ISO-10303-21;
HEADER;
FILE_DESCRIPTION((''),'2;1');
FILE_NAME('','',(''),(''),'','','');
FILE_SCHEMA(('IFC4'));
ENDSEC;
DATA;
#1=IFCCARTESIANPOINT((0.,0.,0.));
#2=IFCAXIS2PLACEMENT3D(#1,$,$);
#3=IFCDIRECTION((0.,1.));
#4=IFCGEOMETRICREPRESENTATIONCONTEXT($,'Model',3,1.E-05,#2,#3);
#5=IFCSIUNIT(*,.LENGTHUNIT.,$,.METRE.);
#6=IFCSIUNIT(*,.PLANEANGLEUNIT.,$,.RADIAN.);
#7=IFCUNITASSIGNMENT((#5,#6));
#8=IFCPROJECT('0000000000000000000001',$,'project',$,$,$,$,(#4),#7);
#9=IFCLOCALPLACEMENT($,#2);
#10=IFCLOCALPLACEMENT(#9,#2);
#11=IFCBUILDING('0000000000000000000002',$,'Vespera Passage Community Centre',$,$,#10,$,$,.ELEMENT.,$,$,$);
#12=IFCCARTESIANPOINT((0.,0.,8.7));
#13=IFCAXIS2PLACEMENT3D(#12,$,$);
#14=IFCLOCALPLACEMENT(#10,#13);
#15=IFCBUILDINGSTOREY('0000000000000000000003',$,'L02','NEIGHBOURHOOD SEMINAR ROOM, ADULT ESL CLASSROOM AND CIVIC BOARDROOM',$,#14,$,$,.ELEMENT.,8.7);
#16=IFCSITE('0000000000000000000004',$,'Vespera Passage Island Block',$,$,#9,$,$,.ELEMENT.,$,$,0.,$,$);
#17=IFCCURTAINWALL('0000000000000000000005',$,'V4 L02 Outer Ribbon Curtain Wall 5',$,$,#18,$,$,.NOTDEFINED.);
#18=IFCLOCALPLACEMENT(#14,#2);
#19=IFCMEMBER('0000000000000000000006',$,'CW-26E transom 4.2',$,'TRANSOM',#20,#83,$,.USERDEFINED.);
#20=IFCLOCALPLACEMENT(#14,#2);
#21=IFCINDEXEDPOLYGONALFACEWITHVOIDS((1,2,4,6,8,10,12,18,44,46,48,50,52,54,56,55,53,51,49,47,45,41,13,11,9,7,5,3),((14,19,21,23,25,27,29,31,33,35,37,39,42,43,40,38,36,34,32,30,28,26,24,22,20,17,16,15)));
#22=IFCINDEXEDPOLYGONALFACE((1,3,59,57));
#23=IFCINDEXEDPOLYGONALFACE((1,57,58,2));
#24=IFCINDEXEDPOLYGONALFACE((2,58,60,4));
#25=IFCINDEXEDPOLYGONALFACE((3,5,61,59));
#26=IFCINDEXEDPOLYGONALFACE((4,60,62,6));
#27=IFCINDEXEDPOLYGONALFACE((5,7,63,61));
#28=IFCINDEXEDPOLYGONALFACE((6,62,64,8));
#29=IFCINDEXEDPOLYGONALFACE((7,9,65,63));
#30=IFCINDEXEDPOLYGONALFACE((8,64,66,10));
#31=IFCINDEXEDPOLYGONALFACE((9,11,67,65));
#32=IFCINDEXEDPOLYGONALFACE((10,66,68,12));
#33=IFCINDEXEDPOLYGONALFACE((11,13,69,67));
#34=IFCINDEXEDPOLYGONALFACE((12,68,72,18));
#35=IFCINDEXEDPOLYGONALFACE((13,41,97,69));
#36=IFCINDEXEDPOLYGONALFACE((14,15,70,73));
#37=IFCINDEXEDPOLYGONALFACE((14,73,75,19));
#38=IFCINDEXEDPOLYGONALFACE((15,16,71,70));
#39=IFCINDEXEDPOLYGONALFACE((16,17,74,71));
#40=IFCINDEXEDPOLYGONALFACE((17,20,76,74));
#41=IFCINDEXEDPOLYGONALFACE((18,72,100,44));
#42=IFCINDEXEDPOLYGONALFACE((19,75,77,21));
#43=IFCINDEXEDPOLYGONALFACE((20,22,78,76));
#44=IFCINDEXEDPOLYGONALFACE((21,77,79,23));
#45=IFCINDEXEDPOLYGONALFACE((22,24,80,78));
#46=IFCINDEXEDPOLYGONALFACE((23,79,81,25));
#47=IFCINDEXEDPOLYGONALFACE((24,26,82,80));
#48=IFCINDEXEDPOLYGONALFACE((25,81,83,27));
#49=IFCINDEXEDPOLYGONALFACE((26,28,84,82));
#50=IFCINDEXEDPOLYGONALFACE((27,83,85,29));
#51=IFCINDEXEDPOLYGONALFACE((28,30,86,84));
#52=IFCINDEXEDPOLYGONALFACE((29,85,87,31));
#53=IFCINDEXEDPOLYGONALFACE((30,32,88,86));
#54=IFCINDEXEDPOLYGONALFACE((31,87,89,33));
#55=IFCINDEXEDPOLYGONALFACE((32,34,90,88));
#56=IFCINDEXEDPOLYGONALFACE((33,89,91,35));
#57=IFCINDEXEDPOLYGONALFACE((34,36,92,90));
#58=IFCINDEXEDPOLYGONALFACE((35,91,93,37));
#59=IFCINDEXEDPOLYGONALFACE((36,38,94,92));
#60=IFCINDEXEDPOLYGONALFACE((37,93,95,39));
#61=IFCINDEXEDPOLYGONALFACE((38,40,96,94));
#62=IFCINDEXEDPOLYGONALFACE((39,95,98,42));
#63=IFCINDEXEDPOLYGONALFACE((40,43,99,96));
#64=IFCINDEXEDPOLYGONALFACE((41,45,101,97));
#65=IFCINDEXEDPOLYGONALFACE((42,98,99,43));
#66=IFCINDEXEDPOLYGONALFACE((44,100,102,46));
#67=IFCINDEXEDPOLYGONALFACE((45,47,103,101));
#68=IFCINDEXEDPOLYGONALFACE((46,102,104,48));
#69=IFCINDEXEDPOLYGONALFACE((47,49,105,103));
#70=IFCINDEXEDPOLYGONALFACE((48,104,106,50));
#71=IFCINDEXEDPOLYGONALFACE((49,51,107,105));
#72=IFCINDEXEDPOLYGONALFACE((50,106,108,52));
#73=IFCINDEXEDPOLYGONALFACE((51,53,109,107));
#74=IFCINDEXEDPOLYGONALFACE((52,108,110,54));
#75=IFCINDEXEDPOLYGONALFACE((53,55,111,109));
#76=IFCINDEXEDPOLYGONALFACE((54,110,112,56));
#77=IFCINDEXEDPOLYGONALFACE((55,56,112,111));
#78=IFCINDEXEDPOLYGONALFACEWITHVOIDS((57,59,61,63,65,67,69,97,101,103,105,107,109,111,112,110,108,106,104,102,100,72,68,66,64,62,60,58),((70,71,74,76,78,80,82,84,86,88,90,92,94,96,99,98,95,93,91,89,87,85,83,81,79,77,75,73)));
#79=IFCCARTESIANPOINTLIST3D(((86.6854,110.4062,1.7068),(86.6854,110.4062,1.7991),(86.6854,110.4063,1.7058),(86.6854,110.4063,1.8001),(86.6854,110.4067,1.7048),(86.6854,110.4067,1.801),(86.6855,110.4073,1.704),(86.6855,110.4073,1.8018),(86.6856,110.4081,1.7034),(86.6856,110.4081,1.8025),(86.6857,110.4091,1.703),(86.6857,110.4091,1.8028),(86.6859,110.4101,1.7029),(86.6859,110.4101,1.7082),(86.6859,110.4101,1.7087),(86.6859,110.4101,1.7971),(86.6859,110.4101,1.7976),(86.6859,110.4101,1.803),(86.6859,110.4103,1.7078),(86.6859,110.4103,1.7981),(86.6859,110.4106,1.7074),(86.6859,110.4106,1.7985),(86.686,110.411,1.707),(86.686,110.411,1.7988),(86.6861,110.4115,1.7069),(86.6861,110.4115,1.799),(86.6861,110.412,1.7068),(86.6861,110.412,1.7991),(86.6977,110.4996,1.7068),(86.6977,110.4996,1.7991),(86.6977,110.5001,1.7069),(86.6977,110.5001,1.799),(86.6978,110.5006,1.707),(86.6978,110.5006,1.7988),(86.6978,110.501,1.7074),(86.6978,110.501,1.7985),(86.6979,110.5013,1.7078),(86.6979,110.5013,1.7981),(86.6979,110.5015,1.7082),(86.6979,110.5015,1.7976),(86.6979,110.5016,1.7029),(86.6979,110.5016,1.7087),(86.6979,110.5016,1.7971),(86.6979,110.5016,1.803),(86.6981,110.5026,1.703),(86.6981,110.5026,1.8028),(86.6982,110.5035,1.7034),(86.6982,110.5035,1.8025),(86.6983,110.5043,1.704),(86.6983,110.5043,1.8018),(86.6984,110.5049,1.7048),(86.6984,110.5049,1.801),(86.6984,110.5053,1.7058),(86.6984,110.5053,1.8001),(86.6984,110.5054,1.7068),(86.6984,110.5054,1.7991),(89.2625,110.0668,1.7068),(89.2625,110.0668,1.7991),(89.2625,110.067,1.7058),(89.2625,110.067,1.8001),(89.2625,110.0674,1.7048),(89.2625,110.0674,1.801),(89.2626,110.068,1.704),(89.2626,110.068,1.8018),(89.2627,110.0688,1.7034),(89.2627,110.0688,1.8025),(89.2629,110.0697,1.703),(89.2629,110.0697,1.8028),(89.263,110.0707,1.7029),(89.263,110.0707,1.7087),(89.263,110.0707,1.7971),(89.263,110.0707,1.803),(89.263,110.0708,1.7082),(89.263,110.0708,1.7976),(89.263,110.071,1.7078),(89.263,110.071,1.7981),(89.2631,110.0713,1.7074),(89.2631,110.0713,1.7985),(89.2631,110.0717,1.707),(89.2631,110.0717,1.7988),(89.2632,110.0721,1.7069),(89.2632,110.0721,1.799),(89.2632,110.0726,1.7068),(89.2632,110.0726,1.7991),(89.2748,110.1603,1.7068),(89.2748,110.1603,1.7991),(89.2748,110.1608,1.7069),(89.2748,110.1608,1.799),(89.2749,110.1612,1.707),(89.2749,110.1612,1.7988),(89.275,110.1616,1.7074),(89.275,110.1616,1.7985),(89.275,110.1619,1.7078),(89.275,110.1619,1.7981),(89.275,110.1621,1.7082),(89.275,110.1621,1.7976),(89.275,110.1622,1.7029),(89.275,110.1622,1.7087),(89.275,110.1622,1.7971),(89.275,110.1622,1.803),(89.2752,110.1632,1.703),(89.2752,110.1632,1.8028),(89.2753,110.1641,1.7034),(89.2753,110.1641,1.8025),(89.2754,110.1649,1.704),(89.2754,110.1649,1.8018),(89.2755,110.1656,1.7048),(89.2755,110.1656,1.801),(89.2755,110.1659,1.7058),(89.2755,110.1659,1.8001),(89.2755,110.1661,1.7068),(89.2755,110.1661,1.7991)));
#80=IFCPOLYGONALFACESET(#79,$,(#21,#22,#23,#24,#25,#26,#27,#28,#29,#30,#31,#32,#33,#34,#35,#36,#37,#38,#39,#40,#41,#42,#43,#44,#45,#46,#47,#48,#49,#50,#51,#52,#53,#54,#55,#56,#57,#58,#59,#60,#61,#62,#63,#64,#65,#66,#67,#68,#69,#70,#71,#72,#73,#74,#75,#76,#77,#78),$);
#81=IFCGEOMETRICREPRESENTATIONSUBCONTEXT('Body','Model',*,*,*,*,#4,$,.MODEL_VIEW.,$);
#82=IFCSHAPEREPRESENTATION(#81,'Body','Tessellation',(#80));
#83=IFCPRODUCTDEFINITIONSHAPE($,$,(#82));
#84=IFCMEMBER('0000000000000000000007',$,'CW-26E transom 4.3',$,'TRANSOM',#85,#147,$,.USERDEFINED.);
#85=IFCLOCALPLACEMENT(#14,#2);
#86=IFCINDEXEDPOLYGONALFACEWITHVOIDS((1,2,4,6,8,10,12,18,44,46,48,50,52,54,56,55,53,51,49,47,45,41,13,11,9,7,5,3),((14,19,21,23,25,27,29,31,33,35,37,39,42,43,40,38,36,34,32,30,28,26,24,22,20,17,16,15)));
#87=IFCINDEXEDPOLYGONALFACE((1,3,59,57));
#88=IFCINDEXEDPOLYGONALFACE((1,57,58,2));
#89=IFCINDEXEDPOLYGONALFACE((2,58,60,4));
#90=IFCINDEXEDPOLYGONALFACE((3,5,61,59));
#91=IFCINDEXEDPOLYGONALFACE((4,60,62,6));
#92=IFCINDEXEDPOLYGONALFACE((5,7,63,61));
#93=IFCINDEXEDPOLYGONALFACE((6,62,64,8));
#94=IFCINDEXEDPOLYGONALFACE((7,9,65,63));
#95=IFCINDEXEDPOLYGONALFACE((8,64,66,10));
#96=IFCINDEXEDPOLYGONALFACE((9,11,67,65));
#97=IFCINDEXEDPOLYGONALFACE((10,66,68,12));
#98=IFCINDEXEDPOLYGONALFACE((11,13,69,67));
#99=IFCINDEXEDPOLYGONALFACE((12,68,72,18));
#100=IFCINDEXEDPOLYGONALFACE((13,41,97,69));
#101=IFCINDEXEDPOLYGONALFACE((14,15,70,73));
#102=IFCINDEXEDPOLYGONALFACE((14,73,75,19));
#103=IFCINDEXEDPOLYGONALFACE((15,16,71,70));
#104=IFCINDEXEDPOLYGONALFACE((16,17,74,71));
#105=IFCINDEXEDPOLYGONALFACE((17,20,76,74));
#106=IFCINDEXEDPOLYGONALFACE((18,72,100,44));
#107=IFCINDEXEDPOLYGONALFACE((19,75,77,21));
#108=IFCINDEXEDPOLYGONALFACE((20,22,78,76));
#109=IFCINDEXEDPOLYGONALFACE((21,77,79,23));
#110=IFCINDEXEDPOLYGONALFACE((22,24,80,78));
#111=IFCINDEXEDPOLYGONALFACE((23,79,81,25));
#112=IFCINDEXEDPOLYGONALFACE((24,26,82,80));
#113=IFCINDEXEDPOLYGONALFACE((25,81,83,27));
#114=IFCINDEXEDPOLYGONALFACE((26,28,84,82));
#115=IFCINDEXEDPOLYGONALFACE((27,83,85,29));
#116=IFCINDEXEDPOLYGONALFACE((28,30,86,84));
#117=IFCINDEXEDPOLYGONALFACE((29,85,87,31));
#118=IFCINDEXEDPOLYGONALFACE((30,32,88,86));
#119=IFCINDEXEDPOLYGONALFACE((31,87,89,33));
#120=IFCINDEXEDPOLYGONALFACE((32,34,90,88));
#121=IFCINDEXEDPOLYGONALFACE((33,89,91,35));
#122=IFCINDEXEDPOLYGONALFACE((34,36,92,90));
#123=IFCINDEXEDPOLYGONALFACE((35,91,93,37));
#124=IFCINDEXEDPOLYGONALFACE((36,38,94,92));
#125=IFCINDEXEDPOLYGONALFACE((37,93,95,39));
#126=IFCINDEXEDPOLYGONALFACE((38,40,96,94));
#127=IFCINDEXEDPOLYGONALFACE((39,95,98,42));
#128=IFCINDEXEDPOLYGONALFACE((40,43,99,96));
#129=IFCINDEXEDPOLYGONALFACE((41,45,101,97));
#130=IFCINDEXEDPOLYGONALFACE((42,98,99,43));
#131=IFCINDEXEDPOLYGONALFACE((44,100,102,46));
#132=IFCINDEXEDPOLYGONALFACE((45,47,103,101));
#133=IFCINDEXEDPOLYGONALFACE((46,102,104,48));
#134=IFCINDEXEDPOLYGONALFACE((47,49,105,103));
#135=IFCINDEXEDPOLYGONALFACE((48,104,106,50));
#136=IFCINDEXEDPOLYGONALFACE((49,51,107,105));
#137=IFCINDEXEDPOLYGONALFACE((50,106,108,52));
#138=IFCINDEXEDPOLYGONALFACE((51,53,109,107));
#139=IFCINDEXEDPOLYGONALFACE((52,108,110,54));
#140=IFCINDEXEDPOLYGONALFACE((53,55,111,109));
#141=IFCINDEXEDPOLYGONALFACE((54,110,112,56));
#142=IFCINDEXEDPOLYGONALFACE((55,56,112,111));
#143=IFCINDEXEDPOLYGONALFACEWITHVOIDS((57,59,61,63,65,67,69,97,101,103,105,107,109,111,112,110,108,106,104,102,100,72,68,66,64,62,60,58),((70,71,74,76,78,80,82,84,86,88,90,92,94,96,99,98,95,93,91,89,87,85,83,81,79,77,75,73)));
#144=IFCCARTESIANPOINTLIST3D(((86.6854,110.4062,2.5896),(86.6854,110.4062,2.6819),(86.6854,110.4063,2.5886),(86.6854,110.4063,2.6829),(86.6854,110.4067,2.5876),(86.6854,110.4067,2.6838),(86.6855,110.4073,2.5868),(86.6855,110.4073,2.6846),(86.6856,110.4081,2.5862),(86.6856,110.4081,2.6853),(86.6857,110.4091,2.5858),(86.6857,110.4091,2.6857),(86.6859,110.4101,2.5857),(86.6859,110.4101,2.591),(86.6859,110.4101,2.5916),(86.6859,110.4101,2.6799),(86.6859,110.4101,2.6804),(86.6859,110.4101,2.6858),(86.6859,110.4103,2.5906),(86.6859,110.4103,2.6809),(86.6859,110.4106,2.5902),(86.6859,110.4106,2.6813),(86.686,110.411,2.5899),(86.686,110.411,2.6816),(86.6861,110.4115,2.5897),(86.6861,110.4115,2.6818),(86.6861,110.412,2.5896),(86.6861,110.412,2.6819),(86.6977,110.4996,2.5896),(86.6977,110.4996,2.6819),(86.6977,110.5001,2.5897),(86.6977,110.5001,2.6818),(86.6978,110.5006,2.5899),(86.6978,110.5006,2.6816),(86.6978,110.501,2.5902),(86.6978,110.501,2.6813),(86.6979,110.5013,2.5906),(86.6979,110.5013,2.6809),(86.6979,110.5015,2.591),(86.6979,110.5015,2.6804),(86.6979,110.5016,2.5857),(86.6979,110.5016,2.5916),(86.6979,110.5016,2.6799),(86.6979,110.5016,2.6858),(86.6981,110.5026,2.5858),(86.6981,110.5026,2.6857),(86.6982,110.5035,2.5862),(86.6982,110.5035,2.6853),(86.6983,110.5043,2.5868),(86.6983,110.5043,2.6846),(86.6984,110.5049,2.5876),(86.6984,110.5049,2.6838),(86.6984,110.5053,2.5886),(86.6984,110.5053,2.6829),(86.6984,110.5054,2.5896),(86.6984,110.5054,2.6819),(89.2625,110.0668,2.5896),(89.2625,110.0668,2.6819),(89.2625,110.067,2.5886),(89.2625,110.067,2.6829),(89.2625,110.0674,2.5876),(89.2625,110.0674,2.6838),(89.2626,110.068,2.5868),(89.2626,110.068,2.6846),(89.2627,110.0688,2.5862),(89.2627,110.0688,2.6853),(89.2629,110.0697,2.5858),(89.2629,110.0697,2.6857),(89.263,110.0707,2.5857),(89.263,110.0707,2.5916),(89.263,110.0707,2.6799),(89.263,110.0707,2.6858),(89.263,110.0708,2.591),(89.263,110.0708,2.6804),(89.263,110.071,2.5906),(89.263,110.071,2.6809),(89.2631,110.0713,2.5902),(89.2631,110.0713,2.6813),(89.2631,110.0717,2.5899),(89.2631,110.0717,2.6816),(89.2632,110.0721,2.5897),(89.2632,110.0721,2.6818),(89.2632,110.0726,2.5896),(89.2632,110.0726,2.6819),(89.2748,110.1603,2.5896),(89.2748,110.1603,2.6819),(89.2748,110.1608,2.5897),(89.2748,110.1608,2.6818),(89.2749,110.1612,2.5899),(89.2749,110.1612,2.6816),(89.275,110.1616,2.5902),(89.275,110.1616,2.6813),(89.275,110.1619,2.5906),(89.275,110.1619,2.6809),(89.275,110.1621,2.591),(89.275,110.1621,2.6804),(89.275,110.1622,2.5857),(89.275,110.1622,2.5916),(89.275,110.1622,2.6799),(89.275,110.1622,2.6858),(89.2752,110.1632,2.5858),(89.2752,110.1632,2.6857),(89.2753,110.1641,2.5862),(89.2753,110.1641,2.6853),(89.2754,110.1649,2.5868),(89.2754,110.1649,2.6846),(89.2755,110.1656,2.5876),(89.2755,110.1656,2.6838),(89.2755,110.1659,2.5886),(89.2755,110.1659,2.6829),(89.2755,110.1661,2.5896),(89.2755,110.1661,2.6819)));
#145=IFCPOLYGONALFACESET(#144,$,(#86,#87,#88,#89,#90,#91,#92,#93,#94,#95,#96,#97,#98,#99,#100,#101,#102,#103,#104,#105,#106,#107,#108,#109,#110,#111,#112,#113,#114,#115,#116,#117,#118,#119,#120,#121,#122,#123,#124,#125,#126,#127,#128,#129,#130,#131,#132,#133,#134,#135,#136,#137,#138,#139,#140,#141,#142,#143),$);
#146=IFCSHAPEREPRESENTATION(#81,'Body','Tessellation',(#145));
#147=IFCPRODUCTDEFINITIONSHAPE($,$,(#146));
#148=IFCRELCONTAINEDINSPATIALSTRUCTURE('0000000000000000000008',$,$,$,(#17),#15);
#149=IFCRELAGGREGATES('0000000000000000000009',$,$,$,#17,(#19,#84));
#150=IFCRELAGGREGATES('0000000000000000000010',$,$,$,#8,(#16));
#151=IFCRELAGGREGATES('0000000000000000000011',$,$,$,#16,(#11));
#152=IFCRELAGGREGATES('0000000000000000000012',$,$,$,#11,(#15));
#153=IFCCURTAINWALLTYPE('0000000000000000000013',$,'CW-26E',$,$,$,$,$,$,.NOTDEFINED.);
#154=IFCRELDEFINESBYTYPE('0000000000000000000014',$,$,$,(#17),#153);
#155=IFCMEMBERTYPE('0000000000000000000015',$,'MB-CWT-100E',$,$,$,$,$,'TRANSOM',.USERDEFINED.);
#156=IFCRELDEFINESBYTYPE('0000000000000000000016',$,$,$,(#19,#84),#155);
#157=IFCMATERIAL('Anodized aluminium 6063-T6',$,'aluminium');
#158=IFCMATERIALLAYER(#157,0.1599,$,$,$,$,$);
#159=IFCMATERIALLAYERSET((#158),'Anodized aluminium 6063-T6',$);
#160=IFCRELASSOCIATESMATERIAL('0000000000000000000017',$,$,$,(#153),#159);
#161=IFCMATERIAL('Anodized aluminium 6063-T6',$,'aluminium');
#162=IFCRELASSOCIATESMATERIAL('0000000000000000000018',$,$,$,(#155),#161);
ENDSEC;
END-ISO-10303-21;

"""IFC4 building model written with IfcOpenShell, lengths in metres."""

from ifc_helpers import new_model, si_unit, direction, frame, origin, origin_2d, place, context, subcontext, project, spatial, hollow_rectangle, extrude, material, layer, layer_set, material_profile, profile_set, type_object, element, aggregate, save


model = new_model("IFC4")

# Units and contexts
model_context = context("Model", 3, precision=1e-05, world=origin(), true_north=direction((0.0, 1.0)))
body_context = subcontext(model_context, "Body", "Model", "MODEL_VIEW")
ifc_project = project(units=[si_unit("LENGTHUNIT", "METRE"), si_unit("PLANEANGLEUNIT", "RADIAN")], contexts=[model_context])

# Site, building, storey
site_placement = place(None, origin())
site = spatial("IfcSite", under=ifc_project, at=site_placement, Name="Vespera Passage Island Block", CompositionType="ELEMENT", RefElevation=0.0)
building_placement = place(site_placement, origin())
building = spatial("IfcBuilding", under=site, at=building_placement, Name="Vespera Passage Community Centre", CompositionType="ELEMENT")
storey_placement = place(building_placement, frame((0.0, 0.0, 8.7)))
storey = spatial("IfcBuildingStorey", under=building, at=storey_placement, Name="L02", Description="NEIGHBOURHOOD SEMINAR ROOM, ADULT ESL CLASSROOM AND CIVIC BOARDROOM", CompositionType="ELEMENT", Elevation=8.7)

# Curtain wall, members
ifc_material_1 = material(Name="Anodized aluminium 6063-T6", Category="aluminium")
ifc_layer_1 = layer(ifc_material_1, 0.1599)
ifc_layer_set_1 = layer_set([ifc_layer_1], Name="Anodized aluminium 6063-T6")
curtain_wall_type_1 = type_object("IfcCurtainWallType", Name="CW-26E", PredefinedType="NOTDEFINED", material=ifc_layer_set_1)
curtain_wall_1_placement = place(storey_placement, origin())
curtain_wall_1 = element("IfcCurtainWall", 1, at=curtain_wall_1_placement, inside=storey, type_object=curtain_wall_type_1, Name="V4 L02 Outer Ribbon Curtain Wall 5", PredefinedType="NOTDEFINED")
ifc_material_2 = material(Name="Anodized aluminium 6063-T6", Category="aluminium")
ifc_material_profile_1 = material_profile(ifc_material_2, hollow_rectangle(XDim=0.1001, YDim=0.1001, WallThickness=0.0039, InnerFilletRadius=0.002, OuterFilletRadius=0.0039, at=origin_2d()), Name="ALU100X100X4")
ifc_profile_set_1 = profile_set([ifc_material_profile_1], Name="Anodized aluminium 6063-T6")
member_type_1 = type_object("IfcMemberType", Name="MB-CWT-100E", ElementType="TRANSOM", PredefinedType="USERDEFINED", material=ifc_profile_set_1)
member_1_placement = place(storey_placement, frame((86.6919, 110.4558, 1.7529), z_axis=(0.991442, -0.130552, 0.0), x_axis=(0.130552, 0.991442, 0.0)))
member_1 = element("IfcMember", 2, at=member_1_placement, type_object=member_type_1, Name="CW-26E transom 4.2", ObjectType="TRANSOM", PredefinedType="USERDEFINED", context=body_context, shape_type="SweptSolid", body=[
    extrude(hollow_rectangle(XDim=0.1001, YDim=0.1001, WallThickness=0.0039, InnerFilletRadius=0.002, OuterFilletRadius=0.0039, at=origin_2d()), origin(), (0.0, 0.0, 1.0), 2.5994),
])
member_2_placement = place(storey_placement, frame((86.6919, 110.4558, 2.6357), z_axis=(0.991442, -0.130552, 0.0), x_axis=(0.130552, 0.991442, 0.0)))
member_2 = element("IfcMember", 3, at=member_2_placement, type_object=member_type_1, Name="CW-26E transom 4.3", ObjectType="TRANSOM", PredefinedType="USERDEFINED", context=body_context, shape_type="SweptSolid", body=[
    extrude(hollow_rectangle(XDim=0.1001, YDim=0.1001, WallThickness=0.0039, InnerFilletRadius=0.002, OuterFilletRadius=0.0039, at=origin_2d()), origin(), (0.0, 0.0, 1.0), 2.5994),
])

aggregate(curtain_wall_1, [member_1, member_2])

save(model, "model.ifc")
